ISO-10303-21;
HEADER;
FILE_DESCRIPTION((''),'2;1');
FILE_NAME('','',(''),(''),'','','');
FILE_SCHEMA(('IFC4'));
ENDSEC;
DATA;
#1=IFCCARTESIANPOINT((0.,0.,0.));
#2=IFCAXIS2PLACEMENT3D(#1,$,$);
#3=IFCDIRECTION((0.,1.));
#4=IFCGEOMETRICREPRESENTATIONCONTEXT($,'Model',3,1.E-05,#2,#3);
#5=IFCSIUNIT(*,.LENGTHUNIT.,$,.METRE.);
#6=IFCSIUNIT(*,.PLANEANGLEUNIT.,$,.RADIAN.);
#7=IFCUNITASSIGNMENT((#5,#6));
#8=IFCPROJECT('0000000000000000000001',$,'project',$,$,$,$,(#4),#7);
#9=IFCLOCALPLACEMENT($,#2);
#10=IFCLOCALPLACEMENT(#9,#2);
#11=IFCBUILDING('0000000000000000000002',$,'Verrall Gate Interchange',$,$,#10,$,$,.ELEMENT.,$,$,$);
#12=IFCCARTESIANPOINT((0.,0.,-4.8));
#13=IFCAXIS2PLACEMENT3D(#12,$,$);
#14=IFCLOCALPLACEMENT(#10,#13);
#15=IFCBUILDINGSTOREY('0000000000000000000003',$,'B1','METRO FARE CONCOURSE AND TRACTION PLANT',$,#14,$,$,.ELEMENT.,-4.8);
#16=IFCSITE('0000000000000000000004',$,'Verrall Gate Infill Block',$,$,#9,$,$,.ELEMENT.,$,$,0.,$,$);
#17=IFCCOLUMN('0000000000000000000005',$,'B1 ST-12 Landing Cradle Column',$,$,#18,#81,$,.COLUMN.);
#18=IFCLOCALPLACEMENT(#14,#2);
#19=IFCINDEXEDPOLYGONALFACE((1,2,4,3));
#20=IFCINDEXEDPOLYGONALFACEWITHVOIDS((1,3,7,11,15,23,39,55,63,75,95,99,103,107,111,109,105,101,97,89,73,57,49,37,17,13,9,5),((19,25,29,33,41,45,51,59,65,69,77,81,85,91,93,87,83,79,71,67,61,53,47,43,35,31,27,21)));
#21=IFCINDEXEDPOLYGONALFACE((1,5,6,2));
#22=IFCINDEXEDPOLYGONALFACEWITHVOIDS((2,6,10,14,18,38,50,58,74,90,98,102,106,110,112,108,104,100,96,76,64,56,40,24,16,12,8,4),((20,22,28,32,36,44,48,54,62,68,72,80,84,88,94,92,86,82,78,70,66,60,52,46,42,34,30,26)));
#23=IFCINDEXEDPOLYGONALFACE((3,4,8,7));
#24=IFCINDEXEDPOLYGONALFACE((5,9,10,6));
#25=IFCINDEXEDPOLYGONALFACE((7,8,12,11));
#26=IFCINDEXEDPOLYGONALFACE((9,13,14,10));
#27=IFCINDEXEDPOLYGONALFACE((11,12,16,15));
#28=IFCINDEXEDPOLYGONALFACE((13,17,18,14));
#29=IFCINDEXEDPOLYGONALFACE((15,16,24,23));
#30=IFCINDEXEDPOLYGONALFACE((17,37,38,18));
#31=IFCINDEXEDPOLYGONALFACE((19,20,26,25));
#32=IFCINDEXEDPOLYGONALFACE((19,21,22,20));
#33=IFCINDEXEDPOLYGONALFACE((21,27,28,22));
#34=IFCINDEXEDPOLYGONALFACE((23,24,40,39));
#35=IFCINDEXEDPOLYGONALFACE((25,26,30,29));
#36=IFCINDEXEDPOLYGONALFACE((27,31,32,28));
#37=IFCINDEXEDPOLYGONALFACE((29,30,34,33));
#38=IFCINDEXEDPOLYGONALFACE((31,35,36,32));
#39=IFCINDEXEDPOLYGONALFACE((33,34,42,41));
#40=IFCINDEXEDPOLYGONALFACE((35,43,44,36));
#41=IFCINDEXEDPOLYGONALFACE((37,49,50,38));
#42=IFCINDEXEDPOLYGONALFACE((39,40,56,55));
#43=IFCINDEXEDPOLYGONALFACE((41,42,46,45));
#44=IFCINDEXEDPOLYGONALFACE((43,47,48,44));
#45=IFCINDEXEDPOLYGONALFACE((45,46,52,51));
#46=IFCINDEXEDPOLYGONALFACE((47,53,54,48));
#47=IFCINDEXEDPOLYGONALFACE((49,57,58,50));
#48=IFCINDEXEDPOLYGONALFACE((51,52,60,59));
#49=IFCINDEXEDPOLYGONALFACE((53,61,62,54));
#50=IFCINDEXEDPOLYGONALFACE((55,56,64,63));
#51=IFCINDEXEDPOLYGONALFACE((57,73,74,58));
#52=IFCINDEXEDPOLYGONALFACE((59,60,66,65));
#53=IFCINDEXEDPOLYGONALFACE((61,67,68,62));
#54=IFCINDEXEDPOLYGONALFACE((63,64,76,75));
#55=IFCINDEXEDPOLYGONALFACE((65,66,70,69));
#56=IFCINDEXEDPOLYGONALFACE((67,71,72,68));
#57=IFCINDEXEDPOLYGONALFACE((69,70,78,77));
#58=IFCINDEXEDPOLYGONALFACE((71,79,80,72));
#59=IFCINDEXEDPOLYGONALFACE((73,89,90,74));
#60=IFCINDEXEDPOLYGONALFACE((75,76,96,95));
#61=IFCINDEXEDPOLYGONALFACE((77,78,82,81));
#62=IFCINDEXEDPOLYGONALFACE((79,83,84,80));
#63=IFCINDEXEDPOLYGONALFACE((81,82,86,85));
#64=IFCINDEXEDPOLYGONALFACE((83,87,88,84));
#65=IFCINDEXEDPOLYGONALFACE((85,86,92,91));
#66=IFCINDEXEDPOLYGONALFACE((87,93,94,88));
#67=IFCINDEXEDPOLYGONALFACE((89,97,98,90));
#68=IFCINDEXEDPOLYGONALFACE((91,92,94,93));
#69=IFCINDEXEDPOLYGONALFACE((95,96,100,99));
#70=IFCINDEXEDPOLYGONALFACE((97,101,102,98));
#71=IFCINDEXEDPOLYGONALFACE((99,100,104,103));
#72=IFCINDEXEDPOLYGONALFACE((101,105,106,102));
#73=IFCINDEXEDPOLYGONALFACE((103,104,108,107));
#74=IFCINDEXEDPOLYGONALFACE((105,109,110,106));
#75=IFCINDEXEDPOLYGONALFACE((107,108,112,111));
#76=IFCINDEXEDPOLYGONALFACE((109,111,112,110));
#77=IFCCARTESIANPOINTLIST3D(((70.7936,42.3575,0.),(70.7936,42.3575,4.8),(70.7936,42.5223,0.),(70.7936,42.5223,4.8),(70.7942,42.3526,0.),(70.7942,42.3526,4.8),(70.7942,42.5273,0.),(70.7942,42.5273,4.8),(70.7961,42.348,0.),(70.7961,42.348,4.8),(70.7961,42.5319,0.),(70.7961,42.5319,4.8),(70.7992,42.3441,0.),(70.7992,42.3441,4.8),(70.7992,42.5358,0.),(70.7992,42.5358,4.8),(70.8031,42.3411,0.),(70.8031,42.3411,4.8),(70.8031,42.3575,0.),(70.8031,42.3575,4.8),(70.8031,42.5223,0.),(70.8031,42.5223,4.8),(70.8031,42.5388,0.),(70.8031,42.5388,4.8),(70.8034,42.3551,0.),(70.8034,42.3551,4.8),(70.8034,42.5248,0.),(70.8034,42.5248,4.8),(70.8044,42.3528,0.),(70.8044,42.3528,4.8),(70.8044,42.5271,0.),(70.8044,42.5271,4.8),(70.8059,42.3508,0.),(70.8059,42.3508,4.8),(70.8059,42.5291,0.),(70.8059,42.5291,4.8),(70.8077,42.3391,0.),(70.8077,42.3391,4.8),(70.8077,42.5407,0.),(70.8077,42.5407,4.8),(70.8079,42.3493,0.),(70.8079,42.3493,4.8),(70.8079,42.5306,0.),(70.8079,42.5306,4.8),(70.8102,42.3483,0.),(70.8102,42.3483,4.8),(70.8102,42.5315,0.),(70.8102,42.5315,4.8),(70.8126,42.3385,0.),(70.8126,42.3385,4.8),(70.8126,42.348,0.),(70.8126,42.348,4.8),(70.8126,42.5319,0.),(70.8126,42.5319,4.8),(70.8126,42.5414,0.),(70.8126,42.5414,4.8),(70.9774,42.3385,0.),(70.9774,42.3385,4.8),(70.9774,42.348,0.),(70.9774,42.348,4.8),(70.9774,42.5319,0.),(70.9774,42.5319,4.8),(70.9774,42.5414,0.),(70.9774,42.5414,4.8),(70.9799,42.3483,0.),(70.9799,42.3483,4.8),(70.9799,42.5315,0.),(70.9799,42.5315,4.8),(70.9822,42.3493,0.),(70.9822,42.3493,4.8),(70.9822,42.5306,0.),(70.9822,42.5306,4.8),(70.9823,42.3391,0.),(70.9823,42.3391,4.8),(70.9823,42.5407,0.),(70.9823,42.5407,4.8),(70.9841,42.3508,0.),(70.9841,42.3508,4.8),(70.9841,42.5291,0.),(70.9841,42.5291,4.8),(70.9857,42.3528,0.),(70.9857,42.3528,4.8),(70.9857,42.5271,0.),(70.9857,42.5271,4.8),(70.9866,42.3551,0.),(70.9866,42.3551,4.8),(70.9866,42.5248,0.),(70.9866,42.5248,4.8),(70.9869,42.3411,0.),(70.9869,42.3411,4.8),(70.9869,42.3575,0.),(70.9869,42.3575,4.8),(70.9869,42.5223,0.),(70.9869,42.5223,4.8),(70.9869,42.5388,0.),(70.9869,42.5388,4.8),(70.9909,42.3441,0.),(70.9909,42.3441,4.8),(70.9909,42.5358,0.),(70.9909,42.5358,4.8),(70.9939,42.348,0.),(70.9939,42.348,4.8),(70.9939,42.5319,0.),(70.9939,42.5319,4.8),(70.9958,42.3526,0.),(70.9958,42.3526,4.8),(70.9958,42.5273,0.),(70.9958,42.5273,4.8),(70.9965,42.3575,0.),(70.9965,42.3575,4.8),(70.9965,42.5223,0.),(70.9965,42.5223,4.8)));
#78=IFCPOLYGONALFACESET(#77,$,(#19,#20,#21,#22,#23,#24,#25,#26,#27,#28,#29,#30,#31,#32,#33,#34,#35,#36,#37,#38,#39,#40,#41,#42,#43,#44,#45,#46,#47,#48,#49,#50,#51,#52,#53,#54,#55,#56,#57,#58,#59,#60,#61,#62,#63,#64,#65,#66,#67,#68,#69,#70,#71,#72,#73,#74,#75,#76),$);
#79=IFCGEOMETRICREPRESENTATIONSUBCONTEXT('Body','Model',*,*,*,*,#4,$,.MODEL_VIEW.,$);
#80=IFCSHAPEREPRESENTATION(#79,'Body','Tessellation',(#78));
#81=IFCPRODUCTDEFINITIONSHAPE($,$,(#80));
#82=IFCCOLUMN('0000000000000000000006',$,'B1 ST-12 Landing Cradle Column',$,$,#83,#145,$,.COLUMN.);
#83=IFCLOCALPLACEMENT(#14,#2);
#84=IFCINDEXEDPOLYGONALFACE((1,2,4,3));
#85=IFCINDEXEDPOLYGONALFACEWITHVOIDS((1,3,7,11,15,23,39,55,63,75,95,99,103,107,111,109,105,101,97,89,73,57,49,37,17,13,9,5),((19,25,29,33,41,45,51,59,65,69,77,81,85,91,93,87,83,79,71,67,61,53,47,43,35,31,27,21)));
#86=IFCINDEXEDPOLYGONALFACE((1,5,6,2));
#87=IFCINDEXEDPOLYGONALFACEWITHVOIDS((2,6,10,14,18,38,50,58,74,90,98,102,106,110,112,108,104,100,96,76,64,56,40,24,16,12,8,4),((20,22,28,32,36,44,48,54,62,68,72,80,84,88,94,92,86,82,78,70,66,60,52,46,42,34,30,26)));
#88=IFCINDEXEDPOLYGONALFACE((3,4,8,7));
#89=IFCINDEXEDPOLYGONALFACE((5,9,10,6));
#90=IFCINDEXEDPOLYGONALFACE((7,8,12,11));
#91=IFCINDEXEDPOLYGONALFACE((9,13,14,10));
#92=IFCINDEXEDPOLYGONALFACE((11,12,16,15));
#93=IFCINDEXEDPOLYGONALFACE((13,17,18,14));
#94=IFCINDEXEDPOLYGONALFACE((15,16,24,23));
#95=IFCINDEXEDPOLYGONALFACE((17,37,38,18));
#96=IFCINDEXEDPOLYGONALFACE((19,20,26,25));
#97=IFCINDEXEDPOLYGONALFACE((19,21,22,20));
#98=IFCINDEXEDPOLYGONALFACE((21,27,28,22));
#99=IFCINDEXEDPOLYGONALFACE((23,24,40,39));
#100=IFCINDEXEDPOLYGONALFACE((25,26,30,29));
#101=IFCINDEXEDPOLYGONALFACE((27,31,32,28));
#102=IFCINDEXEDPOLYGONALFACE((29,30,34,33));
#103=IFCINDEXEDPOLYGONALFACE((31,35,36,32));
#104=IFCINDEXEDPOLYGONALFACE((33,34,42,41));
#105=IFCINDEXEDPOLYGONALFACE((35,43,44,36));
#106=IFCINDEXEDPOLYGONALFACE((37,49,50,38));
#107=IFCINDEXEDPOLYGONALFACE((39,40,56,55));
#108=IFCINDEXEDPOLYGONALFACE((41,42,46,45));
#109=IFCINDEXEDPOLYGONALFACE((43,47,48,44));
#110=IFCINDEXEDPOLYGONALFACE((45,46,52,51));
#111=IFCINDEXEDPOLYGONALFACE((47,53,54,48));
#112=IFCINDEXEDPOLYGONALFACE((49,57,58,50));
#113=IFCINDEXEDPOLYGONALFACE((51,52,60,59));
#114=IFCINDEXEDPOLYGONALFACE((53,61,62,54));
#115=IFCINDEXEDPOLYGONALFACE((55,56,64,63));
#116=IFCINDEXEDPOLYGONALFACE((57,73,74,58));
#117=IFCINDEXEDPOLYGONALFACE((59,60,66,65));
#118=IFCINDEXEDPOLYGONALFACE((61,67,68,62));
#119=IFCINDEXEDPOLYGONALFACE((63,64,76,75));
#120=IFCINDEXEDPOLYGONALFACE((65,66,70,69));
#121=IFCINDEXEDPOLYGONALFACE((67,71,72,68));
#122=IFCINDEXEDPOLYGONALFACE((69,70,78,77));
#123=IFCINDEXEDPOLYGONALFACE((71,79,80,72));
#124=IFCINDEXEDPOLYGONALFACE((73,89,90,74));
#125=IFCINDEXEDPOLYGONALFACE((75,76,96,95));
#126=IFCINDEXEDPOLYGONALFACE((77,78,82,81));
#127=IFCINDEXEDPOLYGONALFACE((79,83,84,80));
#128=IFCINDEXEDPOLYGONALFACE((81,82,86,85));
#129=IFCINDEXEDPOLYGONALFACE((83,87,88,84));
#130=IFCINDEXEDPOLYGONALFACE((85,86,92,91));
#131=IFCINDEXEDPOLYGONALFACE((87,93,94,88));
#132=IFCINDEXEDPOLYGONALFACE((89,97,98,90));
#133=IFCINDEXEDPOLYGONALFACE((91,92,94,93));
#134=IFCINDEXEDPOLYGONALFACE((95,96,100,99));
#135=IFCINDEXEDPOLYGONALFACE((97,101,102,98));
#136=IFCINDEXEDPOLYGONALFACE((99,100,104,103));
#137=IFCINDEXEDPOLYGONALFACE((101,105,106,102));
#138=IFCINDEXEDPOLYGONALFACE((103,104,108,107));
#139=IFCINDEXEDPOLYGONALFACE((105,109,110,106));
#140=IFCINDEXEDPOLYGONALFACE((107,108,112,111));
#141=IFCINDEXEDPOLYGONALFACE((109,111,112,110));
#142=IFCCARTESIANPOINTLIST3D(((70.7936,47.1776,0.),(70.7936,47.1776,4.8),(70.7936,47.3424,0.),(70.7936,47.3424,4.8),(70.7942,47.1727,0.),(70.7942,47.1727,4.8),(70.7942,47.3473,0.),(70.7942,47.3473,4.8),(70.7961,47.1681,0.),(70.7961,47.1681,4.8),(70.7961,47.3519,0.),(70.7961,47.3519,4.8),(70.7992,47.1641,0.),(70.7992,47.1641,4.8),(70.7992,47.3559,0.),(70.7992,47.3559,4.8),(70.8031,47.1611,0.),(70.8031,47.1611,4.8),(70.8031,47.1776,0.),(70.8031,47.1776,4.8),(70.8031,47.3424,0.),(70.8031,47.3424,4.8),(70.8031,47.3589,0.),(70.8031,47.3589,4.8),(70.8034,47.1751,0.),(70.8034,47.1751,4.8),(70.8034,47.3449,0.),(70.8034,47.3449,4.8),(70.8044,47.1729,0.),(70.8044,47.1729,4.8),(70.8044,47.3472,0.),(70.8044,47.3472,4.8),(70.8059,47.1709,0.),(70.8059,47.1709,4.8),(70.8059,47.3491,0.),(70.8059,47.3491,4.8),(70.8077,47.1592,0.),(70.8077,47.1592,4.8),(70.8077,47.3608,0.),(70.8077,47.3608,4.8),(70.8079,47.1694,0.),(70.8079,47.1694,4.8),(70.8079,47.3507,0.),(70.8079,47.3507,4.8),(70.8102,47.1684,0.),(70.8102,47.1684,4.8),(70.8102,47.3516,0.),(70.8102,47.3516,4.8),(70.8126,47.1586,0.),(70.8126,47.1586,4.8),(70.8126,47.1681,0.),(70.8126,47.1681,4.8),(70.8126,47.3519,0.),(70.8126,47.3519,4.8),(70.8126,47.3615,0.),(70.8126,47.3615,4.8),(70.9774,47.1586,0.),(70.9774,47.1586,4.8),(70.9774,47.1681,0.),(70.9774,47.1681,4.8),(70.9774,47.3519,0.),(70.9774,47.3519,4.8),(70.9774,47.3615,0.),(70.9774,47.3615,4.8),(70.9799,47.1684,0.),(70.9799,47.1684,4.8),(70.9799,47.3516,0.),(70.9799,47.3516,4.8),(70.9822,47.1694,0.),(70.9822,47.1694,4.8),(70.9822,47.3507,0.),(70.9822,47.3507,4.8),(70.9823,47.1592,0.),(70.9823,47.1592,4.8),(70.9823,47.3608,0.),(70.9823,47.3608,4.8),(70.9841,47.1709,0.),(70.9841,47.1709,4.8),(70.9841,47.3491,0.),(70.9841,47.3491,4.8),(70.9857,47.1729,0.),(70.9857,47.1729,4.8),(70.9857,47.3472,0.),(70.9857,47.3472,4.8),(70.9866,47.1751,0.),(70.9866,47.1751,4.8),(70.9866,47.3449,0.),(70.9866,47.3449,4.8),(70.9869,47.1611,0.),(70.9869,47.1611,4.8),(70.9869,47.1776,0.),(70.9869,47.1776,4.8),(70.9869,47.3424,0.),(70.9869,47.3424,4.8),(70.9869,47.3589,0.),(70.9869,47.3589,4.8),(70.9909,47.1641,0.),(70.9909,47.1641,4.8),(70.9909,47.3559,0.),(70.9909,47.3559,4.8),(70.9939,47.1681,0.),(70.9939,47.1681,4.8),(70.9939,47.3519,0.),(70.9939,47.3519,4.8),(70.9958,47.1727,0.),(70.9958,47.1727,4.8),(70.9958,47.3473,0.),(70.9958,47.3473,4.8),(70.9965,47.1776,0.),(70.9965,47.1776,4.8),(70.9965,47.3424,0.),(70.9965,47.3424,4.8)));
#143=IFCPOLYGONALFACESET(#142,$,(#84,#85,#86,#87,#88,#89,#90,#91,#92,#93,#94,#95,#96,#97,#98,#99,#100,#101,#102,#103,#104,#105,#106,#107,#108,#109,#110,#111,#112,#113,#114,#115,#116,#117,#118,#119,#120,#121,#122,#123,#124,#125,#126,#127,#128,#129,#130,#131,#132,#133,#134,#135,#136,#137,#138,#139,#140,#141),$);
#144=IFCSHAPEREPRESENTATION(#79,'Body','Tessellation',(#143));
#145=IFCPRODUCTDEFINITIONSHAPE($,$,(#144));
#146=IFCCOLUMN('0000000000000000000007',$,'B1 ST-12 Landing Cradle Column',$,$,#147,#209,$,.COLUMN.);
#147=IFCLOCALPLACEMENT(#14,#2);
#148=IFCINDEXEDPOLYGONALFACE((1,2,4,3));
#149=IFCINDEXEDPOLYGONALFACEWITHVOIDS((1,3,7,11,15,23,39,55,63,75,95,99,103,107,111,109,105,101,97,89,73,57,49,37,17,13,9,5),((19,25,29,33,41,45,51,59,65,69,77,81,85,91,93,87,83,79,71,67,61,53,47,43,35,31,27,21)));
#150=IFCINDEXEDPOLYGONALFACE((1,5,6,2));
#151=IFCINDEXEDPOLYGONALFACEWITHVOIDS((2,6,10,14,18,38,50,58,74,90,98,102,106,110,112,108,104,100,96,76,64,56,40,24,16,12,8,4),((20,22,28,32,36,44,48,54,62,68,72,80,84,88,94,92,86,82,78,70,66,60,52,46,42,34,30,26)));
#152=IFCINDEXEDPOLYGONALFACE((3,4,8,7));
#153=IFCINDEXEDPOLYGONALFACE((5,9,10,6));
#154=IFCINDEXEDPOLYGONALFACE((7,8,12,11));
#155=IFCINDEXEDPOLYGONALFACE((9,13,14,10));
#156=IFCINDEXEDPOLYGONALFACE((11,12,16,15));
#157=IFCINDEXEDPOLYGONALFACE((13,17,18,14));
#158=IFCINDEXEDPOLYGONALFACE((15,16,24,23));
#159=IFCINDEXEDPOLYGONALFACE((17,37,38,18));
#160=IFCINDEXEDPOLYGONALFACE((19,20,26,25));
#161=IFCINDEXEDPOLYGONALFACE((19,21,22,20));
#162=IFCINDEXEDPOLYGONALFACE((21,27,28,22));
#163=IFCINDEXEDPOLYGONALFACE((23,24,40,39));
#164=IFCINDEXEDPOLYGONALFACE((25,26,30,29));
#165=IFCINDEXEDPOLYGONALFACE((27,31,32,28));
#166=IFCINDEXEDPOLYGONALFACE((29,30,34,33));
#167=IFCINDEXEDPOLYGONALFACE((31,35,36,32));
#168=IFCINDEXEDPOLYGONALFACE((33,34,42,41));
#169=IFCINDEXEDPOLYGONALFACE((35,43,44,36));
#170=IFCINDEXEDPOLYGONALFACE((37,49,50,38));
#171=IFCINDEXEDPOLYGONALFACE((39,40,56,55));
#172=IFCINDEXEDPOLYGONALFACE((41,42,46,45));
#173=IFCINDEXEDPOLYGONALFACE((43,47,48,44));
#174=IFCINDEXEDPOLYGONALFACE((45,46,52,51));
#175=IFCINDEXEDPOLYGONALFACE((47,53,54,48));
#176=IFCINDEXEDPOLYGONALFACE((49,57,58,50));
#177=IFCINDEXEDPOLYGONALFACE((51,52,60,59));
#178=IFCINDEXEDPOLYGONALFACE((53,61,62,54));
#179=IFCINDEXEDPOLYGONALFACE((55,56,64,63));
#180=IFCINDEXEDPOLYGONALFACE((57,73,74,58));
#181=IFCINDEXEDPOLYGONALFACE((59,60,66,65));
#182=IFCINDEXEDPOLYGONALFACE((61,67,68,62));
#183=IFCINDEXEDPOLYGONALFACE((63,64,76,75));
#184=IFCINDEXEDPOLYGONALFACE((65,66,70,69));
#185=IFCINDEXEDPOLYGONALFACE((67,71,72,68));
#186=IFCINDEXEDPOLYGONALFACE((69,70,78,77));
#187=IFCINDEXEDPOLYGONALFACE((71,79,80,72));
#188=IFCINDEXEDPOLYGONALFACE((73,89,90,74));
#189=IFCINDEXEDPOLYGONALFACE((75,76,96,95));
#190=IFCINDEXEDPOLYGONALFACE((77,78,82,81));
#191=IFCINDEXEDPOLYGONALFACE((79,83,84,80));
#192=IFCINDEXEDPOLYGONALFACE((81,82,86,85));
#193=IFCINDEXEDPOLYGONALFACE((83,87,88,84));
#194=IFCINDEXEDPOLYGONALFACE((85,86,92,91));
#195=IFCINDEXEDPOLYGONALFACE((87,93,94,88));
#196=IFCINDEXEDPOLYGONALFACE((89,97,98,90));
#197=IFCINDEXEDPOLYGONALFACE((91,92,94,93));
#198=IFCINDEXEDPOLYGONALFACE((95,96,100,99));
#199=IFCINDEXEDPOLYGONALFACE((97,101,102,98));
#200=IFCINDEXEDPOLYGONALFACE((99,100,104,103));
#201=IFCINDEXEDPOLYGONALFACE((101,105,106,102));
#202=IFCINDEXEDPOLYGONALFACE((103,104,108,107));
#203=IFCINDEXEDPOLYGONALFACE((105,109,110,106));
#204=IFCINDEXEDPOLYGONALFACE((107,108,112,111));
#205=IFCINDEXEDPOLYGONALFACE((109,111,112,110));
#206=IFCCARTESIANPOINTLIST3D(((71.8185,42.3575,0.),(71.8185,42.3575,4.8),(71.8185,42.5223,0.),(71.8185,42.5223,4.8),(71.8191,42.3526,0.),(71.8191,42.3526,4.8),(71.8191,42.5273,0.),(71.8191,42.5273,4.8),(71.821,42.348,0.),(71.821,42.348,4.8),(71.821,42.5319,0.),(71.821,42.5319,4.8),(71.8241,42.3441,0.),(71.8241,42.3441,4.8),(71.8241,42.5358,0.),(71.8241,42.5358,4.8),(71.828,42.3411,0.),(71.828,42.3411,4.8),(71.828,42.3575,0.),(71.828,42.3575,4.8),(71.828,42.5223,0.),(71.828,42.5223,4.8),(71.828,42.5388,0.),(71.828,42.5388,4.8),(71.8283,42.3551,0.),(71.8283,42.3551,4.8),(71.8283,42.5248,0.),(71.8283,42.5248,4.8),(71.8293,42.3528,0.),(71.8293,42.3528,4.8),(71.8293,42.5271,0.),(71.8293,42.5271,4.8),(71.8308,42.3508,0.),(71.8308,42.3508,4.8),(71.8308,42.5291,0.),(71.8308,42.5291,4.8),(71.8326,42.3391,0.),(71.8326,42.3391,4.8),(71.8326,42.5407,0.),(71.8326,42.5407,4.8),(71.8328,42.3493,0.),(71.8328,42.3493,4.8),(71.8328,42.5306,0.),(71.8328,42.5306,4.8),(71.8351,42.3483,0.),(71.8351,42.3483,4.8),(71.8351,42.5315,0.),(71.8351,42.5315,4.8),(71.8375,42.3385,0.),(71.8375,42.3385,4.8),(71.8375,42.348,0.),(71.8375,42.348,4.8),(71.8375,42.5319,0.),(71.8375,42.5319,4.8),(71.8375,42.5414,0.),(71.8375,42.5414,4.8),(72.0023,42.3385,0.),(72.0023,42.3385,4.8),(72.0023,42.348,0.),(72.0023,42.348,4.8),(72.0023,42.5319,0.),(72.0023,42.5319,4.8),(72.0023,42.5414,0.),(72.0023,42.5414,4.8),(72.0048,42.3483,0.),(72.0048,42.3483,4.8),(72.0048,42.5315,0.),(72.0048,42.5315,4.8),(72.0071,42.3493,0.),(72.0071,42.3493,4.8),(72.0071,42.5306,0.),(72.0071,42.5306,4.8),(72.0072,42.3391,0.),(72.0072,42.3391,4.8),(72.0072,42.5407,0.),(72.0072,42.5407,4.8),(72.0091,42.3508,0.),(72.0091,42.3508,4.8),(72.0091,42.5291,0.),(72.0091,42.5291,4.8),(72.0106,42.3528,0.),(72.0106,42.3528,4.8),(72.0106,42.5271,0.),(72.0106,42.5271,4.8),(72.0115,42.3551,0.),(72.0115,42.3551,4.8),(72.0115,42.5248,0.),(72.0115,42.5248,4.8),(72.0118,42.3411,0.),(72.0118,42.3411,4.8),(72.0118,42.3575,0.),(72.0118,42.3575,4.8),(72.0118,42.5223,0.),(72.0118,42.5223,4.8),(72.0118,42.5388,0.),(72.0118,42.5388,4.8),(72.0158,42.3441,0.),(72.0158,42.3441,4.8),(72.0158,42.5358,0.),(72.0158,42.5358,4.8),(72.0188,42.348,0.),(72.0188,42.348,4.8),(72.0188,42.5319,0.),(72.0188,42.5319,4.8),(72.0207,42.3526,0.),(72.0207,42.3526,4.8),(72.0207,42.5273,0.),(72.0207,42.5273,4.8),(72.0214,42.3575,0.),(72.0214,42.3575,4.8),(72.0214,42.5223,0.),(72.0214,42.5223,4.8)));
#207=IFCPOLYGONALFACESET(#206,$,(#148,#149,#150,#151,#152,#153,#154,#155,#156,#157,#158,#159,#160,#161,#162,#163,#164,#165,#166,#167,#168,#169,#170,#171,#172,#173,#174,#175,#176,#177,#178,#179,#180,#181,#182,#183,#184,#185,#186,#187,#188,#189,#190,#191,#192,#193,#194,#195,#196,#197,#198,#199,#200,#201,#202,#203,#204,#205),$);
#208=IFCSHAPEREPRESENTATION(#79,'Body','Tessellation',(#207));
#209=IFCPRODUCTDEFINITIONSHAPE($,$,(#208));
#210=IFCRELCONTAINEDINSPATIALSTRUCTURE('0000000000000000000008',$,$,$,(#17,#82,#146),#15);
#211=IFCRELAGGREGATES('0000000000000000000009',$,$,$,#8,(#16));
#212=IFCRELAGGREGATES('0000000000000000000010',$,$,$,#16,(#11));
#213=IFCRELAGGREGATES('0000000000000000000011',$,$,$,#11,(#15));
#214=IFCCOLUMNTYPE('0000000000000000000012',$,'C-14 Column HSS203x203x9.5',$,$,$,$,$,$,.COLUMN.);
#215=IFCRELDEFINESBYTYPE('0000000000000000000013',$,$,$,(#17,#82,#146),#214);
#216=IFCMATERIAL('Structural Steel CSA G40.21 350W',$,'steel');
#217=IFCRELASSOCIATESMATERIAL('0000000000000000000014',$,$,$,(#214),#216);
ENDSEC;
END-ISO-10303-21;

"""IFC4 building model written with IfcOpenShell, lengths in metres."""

from ifc_helpers import new_model, si_unit, direction, frame, origin, origin_2d, place, context, subcontext, project, spatial, hollow_rectangle, extrude, material, material_profile, profile_set, type_object, element, save


model = new_model("IFC4")

# Units and contexts
model_context = context("Model", 3, precision=1e-05, world=origin(), true_north=direction((0.0, 1.0)))
body_context = subcontext(model_context, "Body", "Model", "MODEL_VIEW")
ifc_project = project(units=[si_unit("LENGTHUNIT", "METRE"), si_unit("PLANEANGLEUNIT", "RADIAN")], contexts=[model_context])

# Site, building, storey
site_placement = place(None, origin())
site = spatial("IfcSite", under=ifc_project, at=site_placement, Name="Verrall Gate Infill Block", CompositionType="ELEMENT", RefElevation=0.0)
building_placement = place(site_placement, origin())
building = spatial("IfcBuilding", under=site, at=building_placement, Name="Verrall Gate Interchange", CompositionType="ELEMENT")
storey_placement = place(building_placement, frame((0.0, 0.0, -4.8)))
storey = spatial("IfcBuildingStorey", under=building, at=storey_placement, Name="B1", Description="METRO FARE CONCOURSE AND TRACTION PLANT", CompositionType="ELEMENT", Elevation=-4.8)

# Columns
ifc_material_1 = material(Name="Structural Steel CSA G40.21 350W", Category="steel")
ifc_material_profile_1 = material_profile(ifc_material_1, hollow_rectangle(XDim=0.2029, YDim=0.2029, WallThickness=0.0095, InnerFilletRadius=0.0095, OuterFilletRadius=0.019, at=origin_2d()), Name="HSS203x203x9.5")
ifc_profile_set_1 = profile_set([ifc_material_profile_1], Name="Structural Steel CSA G40.21 350W")
column_type_1 = type_object("IfcColumnType", Name="C-14 Column HSS203x203x9.5", PredefinedType="COLUMN", material=ifc_profile_set_1)
for number, where, z_axis, x_axis, name in (
    (1, (70.895, 42.4399, 0.0), (0.0, 0.0, 1.0), (1.0, 0.0, 0.0), "B1 ST-12 Landing Cradle Column"),
    (2, (70.895, 47.26, 0.0), (0.0, 0.0, 1.0), (1.0, 0.0, 0.0), "B1 ST-12 Landing Cradle Column"),
    (3, (71.9199, 42.4399, 0.0), (0.0, 0.0, 1.0), (1.0, 0.0, 0.0), "B1 ST-12 Landing Cradle Column"),
):
    element("IfcColumn", number, at=place(storey_placement, frame(where, z_axis=z_axis, x_axis=x_axis)), inside=storey, type_object=column_type_1, Name=name, PredefinedType="COLUMN", context=body_context, shape_type="SweptSolid", body=[
        extrude(hollow_rectangle(XDim=0.2029, YDim=0.2029, WallThickness=0.0095, InnerFilletRadius=0.0095, OuterFilletRadius=0.019, at=origin_2d()), origin(), (0.0, 0.0, 1.0), 4.8),
    ])

save(model, "model.ifc")
